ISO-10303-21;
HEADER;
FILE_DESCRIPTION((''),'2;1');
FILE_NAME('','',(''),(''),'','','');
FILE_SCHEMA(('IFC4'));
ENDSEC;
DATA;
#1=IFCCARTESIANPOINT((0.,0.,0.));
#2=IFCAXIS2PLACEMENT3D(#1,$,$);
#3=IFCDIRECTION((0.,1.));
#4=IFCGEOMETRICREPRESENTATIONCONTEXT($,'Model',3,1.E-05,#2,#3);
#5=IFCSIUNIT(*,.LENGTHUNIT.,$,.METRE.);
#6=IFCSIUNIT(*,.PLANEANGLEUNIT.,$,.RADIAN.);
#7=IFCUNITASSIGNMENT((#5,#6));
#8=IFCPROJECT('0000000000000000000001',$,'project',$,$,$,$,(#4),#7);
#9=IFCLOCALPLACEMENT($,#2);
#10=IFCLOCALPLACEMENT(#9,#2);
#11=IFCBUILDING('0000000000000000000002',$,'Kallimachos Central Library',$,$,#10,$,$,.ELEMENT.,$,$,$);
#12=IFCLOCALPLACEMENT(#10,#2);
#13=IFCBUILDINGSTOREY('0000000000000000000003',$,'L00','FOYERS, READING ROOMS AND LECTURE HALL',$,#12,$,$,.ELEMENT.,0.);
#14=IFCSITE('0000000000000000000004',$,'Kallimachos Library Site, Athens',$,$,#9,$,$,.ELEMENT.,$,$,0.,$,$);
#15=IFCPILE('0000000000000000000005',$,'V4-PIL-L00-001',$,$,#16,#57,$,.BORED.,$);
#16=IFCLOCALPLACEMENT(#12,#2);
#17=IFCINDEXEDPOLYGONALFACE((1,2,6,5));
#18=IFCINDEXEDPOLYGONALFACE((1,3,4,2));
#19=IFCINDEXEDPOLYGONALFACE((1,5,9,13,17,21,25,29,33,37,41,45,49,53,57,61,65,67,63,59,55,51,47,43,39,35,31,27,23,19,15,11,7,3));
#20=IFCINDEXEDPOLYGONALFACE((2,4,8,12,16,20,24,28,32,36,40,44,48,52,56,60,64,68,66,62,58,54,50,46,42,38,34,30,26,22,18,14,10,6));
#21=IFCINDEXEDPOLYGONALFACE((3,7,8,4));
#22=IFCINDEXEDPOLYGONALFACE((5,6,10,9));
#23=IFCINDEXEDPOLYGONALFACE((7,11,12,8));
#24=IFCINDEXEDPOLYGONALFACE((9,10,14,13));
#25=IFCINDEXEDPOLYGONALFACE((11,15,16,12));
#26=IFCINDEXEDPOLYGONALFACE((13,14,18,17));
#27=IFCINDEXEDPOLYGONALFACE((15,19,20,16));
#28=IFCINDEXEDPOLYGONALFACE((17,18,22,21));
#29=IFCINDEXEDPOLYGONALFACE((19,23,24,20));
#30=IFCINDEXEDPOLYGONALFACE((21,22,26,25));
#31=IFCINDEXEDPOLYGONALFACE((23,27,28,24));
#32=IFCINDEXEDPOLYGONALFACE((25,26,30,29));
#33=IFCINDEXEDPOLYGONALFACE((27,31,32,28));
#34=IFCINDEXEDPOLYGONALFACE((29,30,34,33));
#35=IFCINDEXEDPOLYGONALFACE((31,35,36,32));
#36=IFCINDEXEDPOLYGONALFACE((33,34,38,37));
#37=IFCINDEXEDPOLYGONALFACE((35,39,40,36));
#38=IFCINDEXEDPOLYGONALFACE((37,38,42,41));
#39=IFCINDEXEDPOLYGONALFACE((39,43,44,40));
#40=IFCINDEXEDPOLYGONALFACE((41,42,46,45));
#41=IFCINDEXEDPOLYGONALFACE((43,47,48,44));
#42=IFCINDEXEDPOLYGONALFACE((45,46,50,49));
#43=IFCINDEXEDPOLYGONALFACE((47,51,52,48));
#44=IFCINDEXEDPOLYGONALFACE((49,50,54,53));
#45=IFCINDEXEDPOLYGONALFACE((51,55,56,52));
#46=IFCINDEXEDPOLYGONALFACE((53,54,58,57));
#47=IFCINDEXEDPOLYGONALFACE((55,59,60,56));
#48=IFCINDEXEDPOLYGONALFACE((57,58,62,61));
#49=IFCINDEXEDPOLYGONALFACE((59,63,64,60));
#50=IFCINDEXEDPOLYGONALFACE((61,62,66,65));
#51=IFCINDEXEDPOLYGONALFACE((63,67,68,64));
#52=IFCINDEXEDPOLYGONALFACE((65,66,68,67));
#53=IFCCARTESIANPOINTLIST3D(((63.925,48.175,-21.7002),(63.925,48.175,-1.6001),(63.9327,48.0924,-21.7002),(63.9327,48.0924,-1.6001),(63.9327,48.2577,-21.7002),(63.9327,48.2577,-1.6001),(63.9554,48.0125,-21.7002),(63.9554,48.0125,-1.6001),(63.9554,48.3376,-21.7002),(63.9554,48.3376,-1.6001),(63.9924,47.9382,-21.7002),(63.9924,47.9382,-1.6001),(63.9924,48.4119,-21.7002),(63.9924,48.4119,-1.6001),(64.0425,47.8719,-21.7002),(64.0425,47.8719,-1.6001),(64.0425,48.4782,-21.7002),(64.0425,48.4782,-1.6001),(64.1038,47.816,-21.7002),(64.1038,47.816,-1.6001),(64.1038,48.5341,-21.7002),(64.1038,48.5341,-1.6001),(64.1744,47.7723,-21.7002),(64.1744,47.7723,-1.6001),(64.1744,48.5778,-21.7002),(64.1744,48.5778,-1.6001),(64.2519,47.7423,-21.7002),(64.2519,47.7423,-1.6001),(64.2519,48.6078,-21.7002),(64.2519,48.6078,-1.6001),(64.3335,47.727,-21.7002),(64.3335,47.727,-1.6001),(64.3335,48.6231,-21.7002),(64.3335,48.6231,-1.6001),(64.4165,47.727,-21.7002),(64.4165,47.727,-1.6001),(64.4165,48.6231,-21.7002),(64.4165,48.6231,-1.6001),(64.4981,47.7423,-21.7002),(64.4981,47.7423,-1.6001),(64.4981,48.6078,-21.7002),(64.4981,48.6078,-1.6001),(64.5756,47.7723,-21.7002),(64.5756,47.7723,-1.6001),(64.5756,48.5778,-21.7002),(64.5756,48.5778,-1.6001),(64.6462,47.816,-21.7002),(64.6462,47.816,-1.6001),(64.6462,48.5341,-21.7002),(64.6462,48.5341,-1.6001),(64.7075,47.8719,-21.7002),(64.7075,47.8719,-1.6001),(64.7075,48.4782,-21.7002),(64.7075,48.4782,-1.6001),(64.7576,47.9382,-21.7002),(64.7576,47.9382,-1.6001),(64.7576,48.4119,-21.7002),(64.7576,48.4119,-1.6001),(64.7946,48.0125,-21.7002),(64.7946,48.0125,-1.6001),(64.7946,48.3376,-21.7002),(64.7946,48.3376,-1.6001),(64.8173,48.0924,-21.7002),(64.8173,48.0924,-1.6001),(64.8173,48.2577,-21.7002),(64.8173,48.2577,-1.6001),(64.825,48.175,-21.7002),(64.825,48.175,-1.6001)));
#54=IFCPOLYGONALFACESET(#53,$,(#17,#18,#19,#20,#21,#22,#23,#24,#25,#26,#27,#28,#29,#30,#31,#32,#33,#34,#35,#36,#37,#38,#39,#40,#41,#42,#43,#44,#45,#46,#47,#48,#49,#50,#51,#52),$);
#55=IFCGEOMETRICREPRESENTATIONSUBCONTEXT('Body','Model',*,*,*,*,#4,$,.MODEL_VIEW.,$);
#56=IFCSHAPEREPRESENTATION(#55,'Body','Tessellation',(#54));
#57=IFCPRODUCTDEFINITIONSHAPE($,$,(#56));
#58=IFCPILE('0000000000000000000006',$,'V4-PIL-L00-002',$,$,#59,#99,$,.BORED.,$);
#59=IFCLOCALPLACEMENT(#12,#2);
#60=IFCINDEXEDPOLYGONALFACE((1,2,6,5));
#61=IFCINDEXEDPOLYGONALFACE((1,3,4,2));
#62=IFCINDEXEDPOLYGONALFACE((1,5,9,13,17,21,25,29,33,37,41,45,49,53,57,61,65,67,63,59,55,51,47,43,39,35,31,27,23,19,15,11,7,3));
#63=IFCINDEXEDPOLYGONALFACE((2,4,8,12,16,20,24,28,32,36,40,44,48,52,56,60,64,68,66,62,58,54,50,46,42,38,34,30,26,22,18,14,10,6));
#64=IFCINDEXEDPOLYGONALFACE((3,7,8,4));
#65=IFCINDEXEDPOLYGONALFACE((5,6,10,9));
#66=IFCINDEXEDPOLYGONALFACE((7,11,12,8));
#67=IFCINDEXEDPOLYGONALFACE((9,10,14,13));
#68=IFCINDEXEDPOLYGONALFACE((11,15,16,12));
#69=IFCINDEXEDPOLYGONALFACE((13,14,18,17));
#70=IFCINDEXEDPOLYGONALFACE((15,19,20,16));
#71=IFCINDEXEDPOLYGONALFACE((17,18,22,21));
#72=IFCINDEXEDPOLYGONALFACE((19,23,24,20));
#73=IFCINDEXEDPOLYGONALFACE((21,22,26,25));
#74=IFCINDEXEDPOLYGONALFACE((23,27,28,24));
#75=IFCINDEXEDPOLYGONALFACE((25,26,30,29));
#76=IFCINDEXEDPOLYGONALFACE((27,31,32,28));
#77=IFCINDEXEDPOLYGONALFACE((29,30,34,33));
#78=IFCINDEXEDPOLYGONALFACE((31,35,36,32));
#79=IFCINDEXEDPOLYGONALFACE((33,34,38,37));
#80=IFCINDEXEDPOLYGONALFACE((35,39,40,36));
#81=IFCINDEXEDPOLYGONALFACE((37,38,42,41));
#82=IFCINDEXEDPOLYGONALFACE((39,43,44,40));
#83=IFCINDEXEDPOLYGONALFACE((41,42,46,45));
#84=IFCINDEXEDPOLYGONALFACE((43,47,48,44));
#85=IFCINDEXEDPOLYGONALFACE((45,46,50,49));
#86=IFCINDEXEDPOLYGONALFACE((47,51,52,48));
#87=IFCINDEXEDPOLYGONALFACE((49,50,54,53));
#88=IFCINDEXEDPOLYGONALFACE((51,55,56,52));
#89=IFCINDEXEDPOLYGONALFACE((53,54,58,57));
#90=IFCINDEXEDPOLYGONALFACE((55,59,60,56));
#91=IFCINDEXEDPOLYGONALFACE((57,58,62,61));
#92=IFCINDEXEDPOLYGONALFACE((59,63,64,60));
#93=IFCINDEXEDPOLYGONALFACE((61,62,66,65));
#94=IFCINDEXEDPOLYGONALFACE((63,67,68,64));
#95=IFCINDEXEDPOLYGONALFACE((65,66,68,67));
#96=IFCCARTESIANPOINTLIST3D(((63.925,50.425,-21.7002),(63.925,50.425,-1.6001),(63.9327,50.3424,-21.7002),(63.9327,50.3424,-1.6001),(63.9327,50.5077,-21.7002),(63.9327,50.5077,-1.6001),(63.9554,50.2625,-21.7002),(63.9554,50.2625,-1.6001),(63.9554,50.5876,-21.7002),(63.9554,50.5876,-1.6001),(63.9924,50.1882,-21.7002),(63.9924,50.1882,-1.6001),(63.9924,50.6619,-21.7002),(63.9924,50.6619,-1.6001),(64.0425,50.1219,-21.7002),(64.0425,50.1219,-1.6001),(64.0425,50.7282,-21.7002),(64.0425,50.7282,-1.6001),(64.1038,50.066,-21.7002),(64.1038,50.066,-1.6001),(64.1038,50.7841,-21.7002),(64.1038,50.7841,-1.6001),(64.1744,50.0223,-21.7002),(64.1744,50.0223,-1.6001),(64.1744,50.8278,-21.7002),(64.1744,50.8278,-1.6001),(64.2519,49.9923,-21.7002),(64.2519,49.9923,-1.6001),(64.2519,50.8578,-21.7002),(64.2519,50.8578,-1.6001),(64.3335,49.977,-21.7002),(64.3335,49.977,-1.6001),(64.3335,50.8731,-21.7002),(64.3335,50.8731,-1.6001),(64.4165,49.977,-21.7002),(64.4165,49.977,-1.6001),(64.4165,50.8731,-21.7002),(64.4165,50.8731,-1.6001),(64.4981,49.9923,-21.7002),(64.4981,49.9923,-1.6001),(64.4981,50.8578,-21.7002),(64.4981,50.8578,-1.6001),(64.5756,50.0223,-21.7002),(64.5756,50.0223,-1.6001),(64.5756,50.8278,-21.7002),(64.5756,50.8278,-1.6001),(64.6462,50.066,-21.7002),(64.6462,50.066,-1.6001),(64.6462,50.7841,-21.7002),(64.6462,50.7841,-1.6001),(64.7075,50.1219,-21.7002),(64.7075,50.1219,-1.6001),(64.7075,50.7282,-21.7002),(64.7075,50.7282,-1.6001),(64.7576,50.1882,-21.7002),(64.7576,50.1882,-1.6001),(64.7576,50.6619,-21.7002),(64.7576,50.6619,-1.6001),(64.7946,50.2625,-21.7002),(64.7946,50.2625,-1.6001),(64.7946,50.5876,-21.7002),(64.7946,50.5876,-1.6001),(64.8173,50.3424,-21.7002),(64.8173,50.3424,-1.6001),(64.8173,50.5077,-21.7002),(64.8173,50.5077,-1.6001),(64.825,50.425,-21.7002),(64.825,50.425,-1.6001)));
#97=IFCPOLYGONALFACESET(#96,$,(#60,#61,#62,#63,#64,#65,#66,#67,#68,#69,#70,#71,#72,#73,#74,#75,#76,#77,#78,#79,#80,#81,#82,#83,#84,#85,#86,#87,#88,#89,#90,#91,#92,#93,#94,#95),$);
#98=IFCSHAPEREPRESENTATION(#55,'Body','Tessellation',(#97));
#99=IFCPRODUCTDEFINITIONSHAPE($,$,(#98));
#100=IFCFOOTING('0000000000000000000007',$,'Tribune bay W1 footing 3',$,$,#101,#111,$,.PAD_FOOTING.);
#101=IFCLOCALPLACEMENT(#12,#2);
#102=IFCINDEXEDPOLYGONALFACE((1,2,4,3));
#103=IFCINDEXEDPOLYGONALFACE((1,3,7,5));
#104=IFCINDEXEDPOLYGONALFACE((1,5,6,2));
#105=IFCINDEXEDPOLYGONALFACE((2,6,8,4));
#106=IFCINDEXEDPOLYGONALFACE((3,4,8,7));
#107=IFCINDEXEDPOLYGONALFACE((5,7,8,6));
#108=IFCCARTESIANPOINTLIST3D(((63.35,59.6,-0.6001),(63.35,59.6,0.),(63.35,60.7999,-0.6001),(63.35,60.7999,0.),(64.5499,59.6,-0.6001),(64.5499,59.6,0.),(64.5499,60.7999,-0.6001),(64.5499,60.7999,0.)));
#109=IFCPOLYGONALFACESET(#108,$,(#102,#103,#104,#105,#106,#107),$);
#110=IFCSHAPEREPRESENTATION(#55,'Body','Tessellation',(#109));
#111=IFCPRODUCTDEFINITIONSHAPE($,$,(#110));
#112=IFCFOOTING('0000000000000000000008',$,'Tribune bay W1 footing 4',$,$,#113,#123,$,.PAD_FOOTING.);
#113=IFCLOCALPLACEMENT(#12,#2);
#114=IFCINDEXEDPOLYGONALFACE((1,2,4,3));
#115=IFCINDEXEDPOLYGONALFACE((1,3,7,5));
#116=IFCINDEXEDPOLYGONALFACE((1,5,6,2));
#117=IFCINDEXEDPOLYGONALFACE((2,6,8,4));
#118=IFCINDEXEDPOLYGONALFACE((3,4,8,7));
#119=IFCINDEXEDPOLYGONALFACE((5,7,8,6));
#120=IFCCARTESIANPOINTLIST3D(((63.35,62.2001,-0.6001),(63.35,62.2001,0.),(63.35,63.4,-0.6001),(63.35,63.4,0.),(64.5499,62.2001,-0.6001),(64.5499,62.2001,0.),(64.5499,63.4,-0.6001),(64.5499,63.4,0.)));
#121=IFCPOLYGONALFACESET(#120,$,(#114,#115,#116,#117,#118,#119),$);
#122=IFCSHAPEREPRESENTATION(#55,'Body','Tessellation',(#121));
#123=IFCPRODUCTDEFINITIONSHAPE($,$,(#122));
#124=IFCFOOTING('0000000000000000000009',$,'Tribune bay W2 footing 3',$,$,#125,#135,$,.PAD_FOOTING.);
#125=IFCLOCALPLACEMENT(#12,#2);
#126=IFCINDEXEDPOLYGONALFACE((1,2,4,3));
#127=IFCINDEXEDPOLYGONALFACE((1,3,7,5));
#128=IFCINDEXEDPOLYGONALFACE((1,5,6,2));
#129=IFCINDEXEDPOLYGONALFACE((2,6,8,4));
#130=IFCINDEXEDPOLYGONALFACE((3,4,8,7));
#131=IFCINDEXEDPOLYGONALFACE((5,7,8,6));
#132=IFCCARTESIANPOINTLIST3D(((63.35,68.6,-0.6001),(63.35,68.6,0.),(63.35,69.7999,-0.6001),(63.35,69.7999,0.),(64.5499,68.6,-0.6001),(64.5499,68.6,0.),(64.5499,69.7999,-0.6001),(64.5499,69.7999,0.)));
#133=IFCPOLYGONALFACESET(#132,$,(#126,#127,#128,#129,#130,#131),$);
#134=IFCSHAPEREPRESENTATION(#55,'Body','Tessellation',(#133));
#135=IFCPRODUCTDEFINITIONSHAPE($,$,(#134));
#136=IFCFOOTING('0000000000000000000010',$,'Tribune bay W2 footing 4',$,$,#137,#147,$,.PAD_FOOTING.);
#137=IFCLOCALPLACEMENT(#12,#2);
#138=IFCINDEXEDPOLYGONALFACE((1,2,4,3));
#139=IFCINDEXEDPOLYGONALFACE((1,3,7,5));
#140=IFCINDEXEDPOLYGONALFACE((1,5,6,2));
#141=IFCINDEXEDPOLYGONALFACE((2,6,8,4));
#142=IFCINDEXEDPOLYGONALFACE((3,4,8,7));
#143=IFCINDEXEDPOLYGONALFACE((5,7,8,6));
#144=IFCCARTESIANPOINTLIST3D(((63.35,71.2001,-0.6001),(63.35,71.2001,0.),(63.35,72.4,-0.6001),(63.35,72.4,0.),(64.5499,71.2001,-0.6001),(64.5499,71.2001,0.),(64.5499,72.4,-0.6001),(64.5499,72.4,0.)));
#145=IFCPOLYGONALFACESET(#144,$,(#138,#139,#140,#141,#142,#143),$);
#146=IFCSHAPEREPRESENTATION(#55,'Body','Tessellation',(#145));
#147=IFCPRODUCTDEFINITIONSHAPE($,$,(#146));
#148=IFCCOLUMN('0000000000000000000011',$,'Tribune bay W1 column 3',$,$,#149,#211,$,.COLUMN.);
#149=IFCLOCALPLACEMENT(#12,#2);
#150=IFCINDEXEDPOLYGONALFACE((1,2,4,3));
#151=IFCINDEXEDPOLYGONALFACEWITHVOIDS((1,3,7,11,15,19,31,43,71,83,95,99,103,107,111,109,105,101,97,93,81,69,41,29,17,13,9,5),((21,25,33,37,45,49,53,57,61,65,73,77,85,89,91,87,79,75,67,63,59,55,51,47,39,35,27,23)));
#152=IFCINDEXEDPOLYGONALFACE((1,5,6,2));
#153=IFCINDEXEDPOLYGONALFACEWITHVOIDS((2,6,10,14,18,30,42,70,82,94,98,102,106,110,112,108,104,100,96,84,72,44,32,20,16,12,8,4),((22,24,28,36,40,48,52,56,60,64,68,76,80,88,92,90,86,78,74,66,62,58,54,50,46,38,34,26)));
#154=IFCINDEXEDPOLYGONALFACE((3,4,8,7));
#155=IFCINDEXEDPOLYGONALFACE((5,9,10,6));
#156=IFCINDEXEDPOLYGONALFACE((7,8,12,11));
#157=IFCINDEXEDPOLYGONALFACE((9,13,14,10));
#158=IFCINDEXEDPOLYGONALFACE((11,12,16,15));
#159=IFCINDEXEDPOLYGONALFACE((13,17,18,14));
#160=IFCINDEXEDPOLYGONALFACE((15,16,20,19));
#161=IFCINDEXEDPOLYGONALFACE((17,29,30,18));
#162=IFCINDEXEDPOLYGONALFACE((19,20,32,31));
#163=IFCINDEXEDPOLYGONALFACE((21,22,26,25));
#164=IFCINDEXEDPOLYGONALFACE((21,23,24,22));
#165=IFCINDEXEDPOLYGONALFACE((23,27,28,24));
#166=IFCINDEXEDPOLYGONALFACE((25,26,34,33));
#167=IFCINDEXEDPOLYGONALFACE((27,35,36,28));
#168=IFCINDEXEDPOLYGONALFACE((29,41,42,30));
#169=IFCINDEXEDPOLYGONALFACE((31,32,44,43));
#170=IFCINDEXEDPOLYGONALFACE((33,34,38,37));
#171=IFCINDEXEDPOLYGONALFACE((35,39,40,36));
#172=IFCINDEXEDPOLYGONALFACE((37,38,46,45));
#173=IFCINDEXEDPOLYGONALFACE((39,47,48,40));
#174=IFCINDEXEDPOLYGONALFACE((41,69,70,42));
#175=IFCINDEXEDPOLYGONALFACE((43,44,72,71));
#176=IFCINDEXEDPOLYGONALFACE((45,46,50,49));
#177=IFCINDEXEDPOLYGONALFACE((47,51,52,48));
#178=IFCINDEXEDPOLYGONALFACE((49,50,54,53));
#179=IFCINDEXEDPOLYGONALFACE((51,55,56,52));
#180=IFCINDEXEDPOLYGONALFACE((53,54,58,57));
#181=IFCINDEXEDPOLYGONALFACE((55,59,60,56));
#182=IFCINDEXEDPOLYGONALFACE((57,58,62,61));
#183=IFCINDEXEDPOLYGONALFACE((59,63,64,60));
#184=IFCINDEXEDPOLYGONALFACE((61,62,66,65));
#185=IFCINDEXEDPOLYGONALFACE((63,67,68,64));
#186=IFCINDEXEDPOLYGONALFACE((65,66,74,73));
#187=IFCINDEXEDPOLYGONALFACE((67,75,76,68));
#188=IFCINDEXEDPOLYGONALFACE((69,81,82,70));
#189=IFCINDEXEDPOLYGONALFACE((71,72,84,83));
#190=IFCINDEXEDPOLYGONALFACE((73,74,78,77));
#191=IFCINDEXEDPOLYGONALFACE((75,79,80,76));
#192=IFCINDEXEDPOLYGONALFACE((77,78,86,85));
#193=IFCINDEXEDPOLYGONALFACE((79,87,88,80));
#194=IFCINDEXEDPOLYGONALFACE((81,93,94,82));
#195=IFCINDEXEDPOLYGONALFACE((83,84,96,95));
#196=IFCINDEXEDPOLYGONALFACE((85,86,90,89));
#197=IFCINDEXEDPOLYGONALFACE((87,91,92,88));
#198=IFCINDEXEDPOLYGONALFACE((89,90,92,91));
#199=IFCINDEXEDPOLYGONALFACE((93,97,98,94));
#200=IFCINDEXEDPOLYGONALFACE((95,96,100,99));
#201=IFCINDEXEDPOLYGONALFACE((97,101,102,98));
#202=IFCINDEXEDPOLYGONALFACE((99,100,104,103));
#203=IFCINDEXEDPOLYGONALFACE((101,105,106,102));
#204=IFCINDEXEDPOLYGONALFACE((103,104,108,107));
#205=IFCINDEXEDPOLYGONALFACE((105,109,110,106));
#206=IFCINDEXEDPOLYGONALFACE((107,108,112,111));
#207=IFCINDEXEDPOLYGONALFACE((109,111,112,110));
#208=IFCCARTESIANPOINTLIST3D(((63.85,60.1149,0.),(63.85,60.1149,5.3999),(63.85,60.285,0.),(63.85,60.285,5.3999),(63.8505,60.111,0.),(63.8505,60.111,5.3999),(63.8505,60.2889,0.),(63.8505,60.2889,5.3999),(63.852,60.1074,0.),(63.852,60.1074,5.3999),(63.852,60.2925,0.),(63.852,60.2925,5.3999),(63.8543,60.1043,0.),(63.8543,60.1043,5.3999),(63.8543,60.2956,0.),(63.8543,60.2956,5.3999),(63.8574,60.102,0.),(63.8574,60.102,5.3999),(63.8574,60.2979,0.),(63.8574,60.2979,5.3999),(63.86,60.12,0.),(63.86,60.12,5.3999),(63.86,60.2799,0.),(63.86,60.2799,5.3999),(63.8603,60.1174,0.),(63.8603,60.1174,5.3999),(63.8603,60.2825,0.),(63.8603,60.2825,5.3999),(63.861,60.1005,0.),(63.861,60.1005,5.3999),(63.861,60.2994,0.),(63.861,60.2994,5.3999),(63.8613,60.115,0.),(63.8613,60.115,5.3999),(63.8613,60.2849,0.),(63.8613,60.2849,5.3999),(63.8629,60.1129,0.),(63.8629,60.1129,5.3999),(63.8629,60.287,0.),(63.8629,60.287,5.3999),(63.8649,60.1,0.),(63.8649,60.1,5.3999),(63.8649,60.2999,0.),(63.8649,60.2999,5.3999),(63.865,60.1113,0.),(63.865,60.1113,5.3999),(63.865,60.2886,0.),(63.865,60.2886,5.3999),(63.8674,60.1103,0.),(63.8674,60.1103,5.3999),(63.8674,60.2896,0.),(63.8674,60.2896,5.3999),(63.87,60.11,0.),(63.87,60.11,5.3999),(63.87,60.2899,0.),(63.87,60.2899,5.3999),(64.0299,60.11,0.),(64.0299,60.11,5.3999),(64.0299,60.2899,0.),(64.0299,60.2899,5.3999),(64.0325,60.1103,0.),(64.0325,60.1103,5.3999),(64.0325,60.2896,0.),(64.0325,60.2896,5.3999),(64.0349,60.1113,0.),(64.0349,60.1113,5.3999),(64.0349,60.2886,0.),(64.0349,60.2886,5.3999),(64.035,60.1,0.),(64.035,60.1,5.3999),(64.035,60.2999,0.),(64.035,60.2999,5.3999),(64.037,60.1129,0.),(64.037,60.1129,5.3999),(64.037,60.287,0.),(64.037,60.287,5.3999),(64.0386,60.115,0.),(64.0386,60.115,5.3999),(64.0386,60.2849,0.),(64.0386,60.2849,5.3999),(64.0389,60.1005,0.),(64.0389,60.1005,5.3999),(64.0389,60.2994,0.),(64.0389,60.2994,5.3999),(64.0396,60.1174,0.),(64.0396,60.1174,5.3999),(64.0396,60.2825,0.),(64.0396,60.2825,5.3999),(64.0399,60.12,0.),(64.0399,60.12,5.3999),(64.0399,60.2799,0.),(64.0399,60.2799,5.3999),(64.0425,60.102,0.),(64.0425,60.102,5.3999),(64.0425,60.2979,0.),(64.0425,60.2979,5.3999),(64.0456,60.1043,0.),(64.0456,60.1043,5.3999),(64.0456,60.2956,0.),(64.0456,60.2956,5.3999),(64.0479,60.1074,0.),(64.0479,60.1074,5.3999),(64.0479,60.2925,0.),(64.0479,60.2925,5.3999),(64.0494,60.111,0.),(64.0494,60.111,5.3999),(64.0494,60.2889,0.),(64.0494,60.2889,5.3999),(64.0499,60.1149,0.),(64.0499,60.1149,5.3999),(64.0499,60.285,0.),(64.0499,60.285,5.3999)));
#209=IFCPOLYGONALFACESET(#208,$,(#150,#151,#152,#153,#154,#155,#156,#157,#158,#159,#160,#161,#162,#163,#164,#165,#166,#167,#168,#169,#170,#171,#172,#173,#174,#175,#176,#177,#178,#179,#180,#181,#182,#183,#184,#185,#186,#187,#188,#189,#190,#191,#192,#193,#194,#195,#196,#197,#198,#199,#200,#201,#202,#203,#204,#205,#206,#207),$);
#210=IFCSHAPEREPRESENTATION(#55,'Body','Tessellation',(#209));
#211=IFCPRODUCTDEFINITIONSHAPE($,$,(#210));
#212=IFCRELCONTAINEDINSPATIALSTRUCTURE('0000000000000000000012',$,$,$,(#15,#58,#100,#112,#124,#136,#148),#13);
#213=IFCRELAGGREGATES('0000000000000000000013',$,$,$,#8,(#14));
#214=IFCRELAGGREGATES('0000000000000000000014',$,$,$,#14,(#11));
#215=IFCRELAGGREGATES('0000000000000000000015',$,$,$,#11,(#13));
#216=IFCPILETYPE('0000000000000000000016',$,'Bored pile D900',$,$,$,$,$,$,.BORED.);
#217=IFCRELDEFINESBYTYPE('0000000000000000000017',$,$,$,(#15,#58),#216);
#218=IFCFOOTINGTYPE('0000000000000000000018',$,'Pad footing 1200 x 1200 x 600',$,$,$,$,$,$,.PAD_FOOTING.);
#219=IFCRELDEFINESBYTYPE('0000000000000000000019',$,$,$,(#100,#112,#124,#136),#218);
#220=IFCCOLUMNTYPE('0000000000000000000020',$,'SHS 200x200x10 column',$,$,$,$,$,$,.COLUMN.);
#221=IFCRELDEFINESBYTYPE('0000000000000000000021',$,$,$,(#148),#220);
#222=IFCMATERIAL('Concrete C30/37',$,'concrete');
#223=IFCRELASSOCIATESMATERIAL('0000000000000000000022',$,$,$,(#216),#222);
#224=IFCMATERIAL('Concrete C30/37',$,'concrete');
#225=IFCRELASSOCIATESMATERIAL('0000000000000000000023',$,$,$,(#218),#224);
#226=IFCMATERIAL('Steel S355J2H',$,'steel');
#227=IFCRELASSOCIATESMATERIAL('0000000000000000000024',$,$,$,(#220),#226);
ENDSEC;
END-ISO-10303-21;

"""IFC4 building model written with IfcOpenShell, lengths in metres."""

from ifc_helpers import new_model, si_unit, direction, frame, origin, origin_2d, place, context, subcontext, project, spatial, rectangle, hollow_rectangle, circle, extrude, material, material_profile, profile_set, type_object, element, save


model = new_model("IFC4")

# Units and contexts
model_context = context("Model", 3, precision=1e-05, world=origin(), true_north=direction((0.0, 1.0)))
body_context = subcontext(model_context, "Body", "Model", "MODEL_VIEW")
ifc_project = project(units=[si_unit("LENGTHUNIT", "METRE"), si_unit("PLANEANGLEUNIT", "RADIAN")], contexts=[model_context])

# Site, building, storey
site_placement = place(None, origin())
site = spatial("IfcSite", under=ifc_project, at=site_placement, Name="Kallimachos Library Site, Athens", CompositionType="ELEMENT", RefElevation=0.0)
building_placement = place(site_placement, origin())
building = spatial("IfcBuilding", under=site, at=building_placement, Name="Kallimachos Central Library", CompositionType="ELEMENT")
storey_placement = place(building_placement, origin())
storey = spatial("IfcBuildingStorey", under=building, at=storey_placement, Name="L00", Description="FOYERS, READING ROOMS AND LECTURE HALL", CompositionType="ELEMENT", Elevation=0.0)

# Piles
ifc_material_1 = material(Name="Concrete C30/37", Category="concrete")
pile_type = type_object("IfcPileType", Name="Bored pile D900", PredefinedType="BORED", material=ifc_material_1)
for number, where, z_axis, x_axis, name in (
    (1, (64.375, 48.175, -1.6001), (0.0, 0.0, -1.0), (1.0, 0.0, 0.0), "V4-PIL-L00-001"),
    (2, (64.375, 50.425, -1.6001), (0.0, 0.0, -1.0), (1.0, 0.0, 0.0), "V4-PIL-L00-002"),
):
    element("IfcPile", number, at=place(storey_placement, frame(where, z_axis=z_axis, x_axis=x_axis)), inside=storey, type_object=pile_type, Name=name, PredefinedType="BORED", context=body_context, shape_type="SweptSolid", body=[
        extrude(circle(Radius=0.45, at=origin_2d()), origin(), (0.0, 0.0, 1.0), 20.1001),
    ])

# Footings
ifc_material_2 = material(Name="Concrete C30/37", Category="concrete")
footing_type = type_object("IfcFootingType", Name="Pad footing 1200 x 1200 x 600", PredefinedType="PAD_FOOTING", material=ifc_material_2)
for number, where, z_axis, x_axis, name in (
    (3, (63.95, 60.2, -0.6001), (0.0, 0.0, 1.0), (1.0, 0.0, 0.0), "Tribune bay W1 footing 3"),
    (4, (63.95, 62.8, -0.6001), (0.0, 0.0, 1.0), (1.0, 0.0, 0.0), "Tribune bay W1 footing 4"),
    (5, (63.95, 69.2, -0.6001), (0.0, 0.0, 1.0), (1.0, 0.0, 0.0), "Tribune bay W2 footing 3"),
    (6, (63.95, 71.8, -0.6001), (0.0, 0.0, 1.0), (1.0, 0.0, 0.0), "Tribune bay W2 footing 4"),
):
    element("IfcFooting", number, at=place(storey_placement, frame(where, z_axis=z_axis, x_axis=x_axis)), inside=storey, type_object=footing_type, Name=name, PredefinedType="PAD_FOOTING", context=body_context, shape_type="SweptSolid", body=[
        extrude(rectangle(XDim=1.2, YDim=1.2, at=origin_2d()), origin(), (0.0, 0.0, 1.0), 0.6001),
    ])

# Column
ifc_material_3 = material(Name="Steel S355J2H", Category="steel")
ifc_material_profile = material_profile(ifc_material_3, hollow_rectangle(XDim=0.2, YDim=0.2, WallThickness=0.01, InnerFilletRadius=0.01, OuterFilletRadius=0.0149, at=origin_2d()), Name="SHS 200x200x10")
ifc_profile_set = profile_set([ifc_material_profile], Name="Steel S355J2H")
column_type = type_object("IfcColumnType", Name="SHS 200x200x10 column", PredefinedType="COLUMN", material=ifc_profile_set)
for number, where, z_axis, x_axis, name in (
    (7, (63.95, 60.2, 0.0), (0.0, 0.0, 1.0), (1.0, 0.0, 0.0), "Tribune bay W1 column 3"),
):
    element("IfcColumn", number, at=place(storey_placement, frame(where, z_axis=z_axis, x_axis=x_axis)), inside=storey, type_object=column_type, Name=name, PredefinedType="COLUMN", context=body_context, shape_type="SweptSolid", body=[
        extrude(hollow_rectangle(XDim=0.2, YDim=0.2, WallThickness=0.01, InnerFilletRadius=0.01, OuterFilletRadius=0.0149, at=origin_2d()), origin(), (0.0, 0.0, 1.0), 5.3999),
    ])

save(model, "model.ifc")
